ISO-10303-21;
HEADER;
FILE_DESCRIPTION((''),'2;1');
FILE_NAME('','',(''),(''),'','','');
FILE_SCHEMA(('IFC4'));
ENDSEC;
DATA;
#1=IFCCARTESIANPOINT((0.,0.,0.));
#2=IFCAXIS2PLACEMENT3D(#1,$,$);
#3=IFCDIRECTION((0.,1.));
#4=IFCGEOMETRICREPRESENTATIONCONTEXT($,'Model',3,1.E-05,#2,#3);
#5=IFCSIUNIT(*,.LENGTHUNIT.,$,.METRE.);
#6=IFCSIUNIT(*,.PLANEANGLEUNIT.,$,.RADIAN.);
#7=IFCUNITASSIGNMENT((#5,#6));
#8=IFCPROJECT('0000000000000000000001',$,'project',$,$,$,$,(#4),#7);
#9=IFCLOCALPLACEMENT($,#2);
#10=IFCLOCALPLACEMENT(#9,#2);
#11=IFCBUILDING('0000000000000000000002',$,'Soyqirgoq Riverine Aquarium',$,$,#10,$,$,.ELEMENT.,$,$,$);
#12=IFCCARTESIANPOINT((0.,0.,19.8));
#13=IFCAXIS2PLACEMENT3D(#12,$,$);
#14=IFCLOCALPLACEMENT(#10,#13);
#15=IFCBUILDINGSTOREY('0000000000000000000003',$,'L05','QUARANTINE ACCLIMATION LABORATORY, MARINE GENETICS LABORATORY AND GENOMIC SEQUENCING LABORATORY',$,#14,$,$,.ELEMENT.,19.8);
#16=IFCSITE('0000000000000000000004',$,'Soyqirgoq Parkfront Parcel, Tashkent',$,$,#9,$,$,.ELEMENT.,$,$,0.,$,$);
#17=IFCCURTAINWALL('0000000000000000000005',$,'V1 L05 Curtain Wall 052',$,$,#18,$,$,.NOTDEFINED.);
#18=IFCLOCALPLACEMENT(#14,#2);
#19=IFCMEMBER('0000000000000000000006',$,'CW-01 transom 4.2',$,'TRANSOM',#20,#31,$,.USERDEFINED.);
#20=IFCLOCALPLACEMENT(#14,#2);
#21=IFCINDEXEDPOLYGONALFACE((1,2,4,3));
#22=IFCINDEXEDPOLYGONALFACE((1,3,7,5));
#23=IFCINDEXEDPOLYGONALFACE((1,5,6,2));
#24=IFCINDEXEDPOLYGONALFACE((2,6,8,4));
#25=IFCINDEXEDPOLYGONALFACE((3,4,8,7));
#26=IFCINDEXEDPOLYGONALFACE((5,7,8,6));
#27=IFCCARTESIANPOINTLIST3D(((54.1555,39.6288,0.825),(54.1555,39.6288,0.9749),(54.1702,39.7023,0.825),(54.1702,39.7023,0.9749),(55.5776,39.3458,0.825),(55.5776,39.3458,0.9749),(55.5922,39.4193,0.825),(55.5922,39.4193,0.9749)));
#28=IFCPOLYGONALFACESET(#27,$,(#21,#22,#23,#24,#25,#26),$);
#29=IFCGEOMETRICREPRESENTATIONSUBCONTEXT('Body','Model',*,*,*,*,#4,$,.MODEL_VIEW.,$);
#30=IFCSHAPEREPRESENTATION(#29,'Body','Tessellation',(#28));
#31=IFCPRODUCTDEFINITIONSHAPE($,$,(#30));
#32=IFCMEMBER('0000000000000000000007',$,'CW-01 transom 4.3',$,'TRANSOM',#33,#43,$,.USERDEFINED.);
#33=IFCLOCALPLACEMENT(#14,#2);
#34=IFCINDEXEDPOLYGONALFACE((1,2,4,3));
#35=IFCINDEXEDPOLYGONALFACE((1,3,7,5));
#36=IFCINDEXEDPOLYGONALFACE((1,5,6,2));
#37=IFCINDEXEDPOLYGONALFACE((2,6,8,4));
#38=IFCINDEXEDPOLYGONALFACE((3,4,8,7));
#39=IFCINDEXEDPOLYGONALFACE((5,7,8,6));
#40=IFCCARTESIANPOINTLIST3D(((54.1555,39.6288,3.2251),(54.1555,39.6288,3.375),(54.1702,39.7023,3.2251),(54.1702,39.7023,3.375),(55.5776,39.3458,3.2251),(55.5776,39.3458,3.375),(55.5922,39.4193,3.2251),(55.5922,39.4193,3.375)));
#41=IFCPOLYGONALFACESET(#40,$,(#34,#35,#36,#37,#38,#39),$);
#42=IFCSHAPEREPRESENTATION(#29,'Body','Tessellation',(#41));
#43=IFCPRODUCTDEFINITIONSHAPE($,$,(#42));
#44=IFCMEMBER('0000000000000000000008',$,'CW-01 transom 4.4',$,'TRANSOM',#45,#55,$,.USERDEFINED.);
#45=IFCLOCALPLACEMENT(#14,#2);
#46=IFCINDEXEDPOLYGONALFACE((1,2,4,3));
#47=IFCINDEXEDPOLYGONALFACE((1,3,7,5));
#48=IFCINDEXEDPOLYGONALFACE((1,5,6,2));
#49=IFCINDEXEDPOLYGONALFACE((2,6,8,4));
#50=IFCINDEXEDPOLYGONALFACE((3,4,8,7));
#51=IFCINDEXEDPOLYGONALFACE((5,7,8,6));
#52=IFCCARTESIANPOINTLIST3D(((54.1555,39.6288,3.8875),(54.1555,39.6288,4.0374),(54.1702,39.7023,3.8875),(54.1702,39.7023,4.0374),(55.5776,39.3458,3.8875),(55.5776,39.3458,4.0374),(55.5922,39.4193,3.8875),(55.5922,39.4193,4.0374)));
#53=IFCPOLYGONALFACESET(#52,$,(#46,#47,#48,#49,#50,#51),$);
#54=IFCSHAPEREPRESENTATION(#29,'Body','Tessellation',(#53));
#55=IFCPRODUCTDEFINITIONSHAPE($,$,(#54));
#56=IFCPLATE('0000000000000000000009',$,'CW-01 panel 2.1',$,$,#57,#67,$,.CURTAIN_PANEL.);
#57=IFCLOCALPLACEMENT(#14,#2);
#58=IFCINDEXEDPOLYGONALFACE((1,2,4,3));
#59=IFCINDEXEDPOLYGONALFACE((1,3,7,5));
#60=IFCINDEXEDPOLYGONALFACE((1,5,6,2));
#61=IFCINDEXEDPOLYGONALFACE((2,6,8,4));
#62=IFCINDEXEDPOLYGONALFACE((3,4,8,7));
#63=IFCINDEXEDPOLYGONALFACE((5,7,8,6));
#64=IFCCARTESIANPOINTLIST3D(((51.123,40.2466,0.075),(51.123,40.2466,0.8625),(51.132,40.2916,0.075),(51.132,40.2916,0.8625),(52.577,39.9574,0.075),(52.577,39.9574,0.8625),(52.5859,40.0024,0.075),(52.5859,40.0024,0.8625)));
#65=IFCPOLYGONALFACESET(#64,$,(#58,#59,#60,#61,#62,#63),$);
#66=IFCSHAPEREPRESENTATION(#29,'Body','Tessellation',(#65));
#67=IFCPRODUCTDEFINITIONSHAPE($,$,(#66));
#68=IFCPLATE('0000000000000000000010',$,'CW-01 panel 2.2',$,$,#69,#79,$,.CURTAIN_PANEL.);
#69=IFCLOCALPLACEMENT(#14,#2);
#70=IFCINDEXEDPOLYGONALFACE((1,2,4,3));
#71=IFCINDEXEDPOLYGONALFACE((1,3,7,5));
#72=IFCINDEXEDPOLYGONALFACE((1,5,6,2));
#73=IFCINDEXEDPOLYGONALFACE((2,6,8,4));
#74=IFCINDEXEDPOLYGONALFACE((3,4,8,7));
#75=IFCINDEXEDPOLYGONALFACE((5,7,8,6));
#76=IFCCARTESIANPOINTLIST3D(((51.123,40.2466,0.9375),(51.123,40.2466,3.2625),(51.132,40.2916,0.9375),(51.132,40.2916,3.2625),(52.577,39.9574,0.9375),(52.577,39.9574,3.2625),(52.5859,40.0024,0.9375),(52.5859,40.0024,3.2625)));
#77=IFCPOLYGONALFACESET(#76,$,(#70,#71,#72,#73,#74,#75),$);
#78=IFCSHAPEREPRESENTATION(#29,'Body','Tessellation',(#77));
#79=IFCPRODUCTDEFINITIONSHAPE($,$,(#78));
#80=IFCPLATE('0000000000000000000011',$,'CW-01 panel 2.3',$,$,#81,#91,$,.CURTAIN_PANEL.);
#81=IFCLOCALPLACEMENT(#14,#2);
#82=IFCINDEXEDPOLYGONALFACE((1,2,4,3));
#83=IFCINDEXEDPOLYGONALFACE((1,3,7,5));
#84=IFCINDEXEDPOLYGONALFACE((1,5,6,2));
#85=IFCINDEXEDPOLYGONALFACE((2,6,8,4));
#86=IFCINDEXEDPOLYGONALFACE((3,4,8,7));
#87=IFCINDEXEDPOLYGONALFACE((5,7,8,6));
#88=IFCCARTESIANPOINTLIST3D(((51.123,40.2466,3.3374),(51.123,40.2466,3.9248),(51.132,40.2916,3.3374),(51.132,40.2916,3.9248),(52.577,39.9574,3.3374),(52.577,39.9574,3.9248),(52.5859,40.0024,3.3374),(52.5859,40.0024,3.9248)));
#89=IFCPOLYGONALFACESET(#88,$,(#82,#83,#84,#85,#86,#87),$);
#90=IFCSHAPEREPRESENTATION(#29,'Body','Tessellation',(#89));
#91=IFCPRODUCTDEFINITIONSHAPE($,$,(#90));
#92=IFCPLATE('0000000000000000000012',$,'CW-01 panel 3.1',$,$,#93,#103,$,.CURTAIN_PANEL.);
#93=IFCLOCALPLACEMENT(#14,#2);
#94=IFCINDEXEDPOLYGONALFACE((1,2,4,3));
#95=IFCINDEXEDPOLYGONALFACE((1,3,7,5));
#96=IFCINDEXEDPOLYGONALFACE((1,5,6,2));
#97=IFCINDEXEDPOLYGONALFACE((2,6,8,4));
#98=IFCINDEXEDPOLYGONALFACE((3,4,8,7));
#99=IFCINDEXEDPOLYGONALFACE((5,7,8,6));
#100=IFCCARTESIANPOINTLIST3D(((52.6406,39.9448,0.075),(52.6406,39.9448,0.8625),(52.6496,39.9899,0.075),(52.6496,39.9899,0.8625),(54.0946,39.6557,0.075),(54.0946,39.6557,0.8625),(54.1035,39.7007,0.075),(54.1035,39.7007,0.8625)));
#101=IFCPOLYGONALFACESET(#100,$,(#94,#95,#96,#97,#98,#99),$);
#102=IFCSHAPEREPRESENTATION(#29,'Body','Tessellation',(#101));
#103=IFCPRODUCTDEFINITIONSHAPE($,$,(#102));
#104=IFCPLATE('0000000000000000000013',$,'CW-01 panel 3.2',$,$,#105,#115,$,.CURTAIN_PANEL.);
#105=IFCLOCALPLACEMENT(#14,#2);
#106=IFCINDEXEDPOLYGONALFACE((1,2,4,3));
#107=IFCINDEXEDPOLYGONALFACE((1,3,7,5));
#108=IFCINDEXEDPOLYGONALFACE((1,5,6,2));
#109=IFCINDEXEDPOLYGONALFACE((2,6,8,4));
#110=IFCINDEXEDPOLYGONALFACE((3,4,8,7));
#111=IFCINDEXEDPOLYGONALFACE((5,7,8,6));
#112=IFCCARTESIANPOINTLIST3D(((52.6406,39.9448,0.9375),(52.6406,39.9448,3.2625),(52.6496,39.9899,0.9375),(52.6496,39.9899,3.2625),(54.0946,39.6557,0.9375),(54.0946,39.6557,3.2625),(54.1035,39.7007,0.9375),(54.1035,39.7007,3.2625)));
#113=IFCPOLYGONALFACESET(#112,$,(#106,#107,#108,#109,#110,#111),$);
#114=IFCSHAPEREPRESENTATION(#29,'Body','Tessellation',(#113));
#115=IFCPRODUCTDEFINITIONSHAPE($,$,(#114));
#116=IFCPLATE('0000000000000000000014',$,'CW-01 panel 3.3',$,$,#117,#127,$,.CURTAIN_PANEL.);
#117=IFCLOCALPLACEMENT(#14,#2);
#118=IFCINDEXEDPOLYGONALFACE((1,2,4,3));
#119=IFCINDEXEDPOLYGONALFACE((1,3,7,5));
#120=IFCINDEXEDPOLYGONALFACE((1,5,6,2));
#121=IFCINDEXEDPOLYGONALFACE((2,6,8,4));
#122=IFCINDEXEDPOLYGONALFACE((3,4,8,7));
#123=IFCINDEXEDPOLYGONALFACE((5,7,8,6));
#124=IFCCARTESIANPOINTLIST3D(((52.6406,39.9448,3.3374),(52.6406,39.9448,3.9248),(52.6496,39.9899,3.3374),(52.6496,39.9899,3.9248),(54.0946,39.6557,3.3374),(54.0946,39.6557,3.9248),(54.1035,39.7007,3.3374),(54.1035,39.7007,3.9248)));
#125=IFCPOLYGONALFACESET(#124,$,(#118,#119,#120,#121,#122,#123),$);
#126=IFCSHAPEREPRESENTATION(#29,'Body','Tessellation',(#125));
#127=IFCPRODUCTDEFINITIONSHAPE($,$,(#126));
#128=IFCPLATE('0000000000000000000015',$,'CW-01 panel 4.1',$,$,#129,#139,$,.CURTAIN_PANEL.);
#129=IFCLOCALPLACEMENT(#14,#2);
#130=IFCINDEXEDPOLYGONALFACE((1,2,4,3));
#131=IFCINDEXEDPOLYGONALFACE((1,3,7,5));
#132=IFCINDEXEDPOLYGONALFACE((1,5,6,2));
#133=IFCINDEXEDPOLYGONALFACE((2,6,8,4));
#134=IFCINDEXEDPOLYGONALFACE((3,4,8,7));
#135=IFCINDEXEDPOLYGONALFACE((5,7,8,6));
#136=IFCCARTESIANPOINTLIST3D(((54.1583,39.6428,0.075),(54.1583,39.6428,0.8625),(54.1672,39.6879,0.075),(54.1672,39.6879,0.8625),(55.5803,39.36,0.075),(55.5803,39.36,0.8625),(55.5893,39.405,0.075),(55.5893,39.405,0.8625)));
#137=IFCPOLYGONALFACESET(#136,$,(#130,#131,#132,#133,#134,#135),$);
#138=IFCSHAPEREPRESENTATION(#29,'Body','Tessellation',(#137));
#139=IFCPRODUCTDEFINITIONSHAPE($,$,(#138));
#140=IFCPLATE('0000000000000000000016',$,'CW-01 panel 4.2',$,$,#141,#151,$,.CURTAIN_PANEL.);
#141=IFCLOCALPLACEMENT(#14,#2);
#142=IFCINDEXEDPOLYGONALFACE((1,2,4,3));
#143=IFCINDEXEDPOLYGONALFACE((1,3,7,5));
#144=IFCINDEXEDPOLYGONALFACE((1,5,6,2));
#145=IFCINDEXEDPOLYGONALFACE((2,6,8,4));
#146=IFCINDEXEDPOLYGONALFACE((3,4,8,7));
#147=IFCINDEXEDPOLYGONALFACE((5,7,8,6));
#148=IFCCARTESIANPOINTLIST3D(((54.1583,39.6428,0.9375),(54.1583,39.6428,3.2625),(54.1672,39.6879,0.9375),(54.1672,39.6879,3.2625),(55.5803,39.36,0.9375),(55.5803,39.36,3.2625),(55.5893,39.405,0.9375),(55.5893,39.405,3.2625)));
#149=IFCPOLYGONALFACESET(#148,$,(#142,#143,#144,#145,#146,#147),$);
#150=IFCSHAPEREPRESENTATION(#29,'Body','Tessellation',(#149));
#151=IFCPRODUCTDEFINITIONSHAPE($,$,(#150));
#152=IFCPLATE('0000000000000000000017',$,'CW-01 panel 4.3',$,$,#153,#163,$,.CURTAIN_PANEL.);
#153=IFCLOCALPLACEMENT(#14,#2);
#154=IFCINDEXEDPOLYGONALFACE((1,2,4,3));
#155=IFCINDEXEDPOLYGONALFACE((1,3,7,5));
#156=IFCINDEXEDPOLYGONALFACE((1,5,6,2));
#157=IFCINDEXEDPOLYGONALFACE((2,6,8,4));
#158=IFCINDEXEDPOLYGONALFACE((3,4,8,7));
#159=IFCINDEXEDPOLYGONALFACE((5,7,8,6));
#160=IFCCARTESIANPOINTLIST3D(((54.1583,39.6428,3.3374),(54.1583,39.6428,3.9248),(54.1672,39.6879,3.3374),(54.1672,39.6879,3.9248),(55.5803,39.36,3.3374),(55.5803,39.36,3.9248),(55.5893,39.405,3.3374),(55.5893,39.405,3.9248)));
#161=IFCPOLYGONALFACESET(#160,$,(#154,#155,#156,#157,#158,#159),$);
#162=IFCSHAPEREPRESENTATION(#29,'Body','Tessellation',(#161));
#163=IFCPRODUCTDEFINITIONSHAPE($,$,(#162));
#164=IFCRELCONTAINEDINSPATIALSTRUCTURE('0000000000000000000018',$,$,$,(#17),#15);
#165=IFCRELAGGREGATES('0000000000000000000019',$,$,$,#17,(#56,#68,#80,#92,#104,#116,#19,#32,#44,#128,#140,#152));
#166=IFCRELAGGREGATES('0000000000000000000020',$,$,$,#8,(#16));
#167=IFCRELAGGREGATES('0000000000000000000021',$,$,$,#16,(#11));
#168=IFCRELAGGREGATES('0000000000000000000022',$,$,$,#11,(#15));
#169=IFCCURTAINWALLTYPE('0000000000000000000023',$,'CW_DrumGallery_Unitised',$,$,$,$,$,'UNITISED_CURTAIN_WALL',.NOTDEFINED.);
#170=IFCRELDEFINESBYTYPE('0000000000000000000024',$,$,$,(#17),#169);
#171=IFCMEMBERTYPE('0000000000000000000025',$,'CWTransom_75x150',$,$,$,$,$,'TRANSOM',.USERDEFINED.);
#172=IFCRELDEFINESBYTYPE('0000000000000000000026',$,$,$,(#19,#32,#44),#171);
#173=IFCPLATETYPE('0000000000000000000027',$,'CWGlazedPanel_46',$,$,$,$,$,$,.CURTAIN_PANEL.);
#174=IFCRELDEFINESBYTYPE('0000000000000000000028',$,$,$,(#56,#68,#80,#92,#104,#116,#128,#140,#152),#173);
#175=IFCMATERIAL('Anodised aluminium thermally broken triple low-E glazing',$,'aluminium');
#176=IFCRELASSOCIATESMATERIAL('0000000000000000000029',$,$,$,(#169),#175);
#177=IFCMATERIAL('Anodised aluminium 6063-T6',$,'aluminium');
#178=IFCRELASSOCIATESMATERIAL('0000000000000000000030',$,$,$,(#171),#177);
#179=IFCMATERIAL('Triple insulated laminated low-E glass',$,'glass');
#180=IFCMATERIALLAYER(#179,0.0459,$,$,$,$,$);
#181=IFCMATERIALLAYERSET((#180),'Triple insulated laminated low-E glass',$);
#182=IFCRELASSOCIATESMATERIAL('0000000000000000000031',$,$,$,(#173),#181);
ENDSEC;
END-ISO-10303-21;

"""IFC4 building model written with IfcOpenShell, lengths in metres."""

from ifc_helpers import new_model, si_unit, direction, frame, origin, origin_2d, place, context, subcontext, project, spatial, rectangle, extrude, material, layer, layer_set, material_profile, profile_set, type_object, element, aggregate, save


model = new_model("IFC4")

# Units and contexts
model_context = context("Model", 3, precision=1e-05, world=origin(), true_north=direction((0.0, 1.0)))
body_context = subcontext(model_context, "Body", "Model", "MODEL_VIEW")
ifc_project = project(units=[si_unit("LENGTHUNIT", "METRE"), si_unit("PLANEANGLEUNIT", "RADIAN")], contexts=[model_context])

# Site, building, storey
site_placement = place(None, origin())
site = spatial("IfcSite", under=ifc_project, at=site_placement, Name="Soyqirgoq Parkfront Parcel, Tashkent", CompositionType="ELEMENT", RefElevation=0.0)
building_placement = place(site_placement, origin())
building = spatial("IfcBuilding", under=site, at=building_placement, Name="Soyqirgoq Riverine Aquarium", CompositionType="ELEMENT")
storey_placement = place(building_placement, frame((0.0, 0.0, 19.8)))
storey = spatial("IfcBuildingStorey", under=building, at=storey_placement, Name="L05", Description="QUARANTINE ACCLIMATION LABORATORY, MARINE GENETICS LABORATORY AND GENOMIC SEQUENCING LABORATORY", CompositionType="ELEMENT", Elevation=19.8)

# Curtain wall, members, plates
ifc_material_1 = material(Name="Anodised aluminium thermally broken triple low-E glazing", Category="aluminium")
curtain_wall_type = type_object("IfcCurtainWallType", Name="CW_DrumGallery_Unitised", ElementType="UNITISED_CURTAIN_WALL", PredefinedType="NOTDEFINED", material=ifc_material_1)
curtain_wall_placement = place(storey_placement, origin())
curtain_wall = element("IfcCurtainWall", 1, at=curtain_wall_placement, inside=storey, type_object=curtain_wall_type, Name="V1 L05 Curtain Wall 052", PredefinedType="NOTDEFINED")
ifc_material_2 = material(Name="Anodised aluminium 6063-T6", Category="aluminium")
ifc_material_profile_1 = material_profile(ifc_material_2, rectangle(XDim=0.075, YDim=0.1499, at=origin_2d()), Name="ALU-T 75x150")
ifc_profile_set_1 = profile_set([ifc_material_profile_1], Name="Anodised aluminium 6063-T6")
member_type_1 = type_object("IfcMemberType", Name="CWTransom_75x150", ElementType="TRANSOM", PredefinedType="USERDEFINED", material=ifc_profile_set_1)
member_1_placement = place(storey_placement, frame((54.1628, 39.6655, 0.8999), z_axis=(0.980774, -0.195145, 0.0), x_axis=(0.195145, 0.980774, 0.0)))
member_1 = element("IfcMember", 2, at=member_1_placement, type_object=member_type_1, Name="CW-01 transom 4.2", ObjectType="TRANSOM", PredefinedType="USERDEFINED", context=body_context, shape_type="SweptSolid", body=[
    extrude(rectangle(XDim=0.075, YDim=0.1499, at=origin_2d()), origin(), (0.0, 0.0, 1.0), 1.45),
])
member_2_placement = place(storey_placement, frame((54.1628, 39.6655, 3.3), z_axis=(0.980774, -0.195145, 0.0), x_axis=(0.195145, 0.980774, 0.0)))
member_2 = element("IfcMember", 3, at=member_2_placement, type_object=member_type_1, Name="CW-01 transom 4.3", ObjectType="TRANSOM", PredefinedType="USERDEFINED", context=body_context, shape_type="SweptSolid", body=[
    extrude(rectangle(XDim=0.075, YDim=0.1499, at=origin_2d()), origin(), (0.0, 0.0, 1.0), 1.45),
])
member_3_placement = place(storey_placement, frame((54.1628, 39.6655, 3.9624), z_axis=(0.980774, -0.195145, 0.0), x_axis=(0.195145, 0.980774, 0.0)))
member_3 = element("IfcMember", 4, at=member_3_placement, type_object=member_type_1, Name="CW-01 transom 4.4", ObjectType="TRANSOM", PredefinedType="USERDEFINED", context=body_context, shape_type="SweptSolid", body=[
    extrude(rectangle(XDim=0.075, YDim=0.1499, at=origin_2d()), origin(), (0.0, 0.0, 1.0), 1.45),
])
ifc_material_3 = material(Name="Triple insulated laminated low-E glass", Category="glass")
ifc_layer = layer(ifc_material_3, 0.0459)
ifc_layer_set = layer_set([ifc_layer], Name="Triple insulated laminated low-E glass")
plate_type = type_object("IfcPlateType", Name="CWGlazedPanel_46", PredefinedType="CURTAIN_PANEL", material=ifc_layer_set)
plate_1_placement = place(storey_placement, frame((51.8545, 40.1245, 0.075), z_axis=(0.0, 0.0, 1.0), x_axis=(0.980788, -0.195078, 0.0)))
plate_1 = element("IfcPlate", 5, at=plate_1_placement, type_object=plate_type, Name="CW-01 panel 2.1", PredefinedType="CURTAIN_PANEL", context=body_context, shape_type="SweptSolid", body=[
    extrude(rectangle(XDim=1.4824, YDim=0.0459, at=origin_2d()), origin(), (0.0, 0.0, 1.0), 0.7876),
])
plate_2_placement = place(storey_placement, frame((51.8545, 40.1245, 0.9375), z_axis=(0.0, 0.0, 1.0), x_axis=(0.980788, -0.195078, 0.0)))
plate_2 = element("IfcPlate", 6, at=plate_2_placement, type_object=plate_type, Name="CW-01 panel 2.2", PredefinedType="CURTAIN_PANEL", context=body_context, shape_type="SweptSolid", body=[
    extrude(rectangle(XDim=1.4824, YDim=0.0459, at=origin_2d()), origin(), (0.0, 0.0, 1.0), 2.325),
])
plate_3_placement = place(storey_placement, frame((51.8545, 40.1245, 3.3374), z_axis=(0.0, 0.0, 1.0), x_axis=(0.980788, -0.195078, 0.0)))
plate_3 = element("IfcPlate", 7, at=plate_3_placement, type_object=plate_type, Name="CW-01 panel 2.3", PredefinedType="CURTAIN_PANEL", context=body_context, shape_type="SweptSolid", body=[
    extrude(rectangle(XDim=1.4824, YDim=0.0459, at=origin_2d()), origin(), (0.0, 0.0, 1.0), 0.5874),
])
plate_4_placement = place(storey_placement, frame((53.3721, 39.8228, 0.075), z_axis=(0.0, 0.0, 1.0), x_axis=(0.980788, -0.195078, 0.0)))
plate_4 = element("IfcPlate", 8, at=plate_4_placement, type_object=plate_type, Name="CW-01 panel 3.1", PredefinedType="CURTAIN_PANEL", context=body_context, shape_type="SweptSolid", body=[
    extrude(rectangle(XDim=1.4824, YDim=0.0459, at=origin_2d()), origin(), (0.0, 0.0, 1.0), 0.7876),
])
plate_5_placement = place(storey_placement, frame((53.3721, 39.8228, 0.9375), z_axis=(0.0, 0.0, 1.0), x_axis=(0.980788, -0.195078, 0.0)))
plate_5 = element("IfcPlate", 9, at=plate_5_placement, type_object=plate_type, Name="CW-01 panel 3.2", PredefinedType="CURTAIN_PANEL", context=body_context, shape_type="SweptSolid", body=[
    extrude(rectangle(XDim=1.4824, YDim=0.0459, at=origin_2d()), origin(), (0.0, 0.0, 1.0), 2.325),
])
plate_6_placement = place(storey_placement, frame((53.3721, 39.8228, 3.3374), z_axis=(0.0, 0.0, 1.0), x_axis=(0.980788, -0.195078, 0.0)))
plate_6 = element("IfcPlate", 10, at=plate_6_placement, type_object=plate_type, Name="CW-01 panel 3.3", PredefinedType="CURTAIN_PANEL", context=body_context, shape_type="SweptSolid", body=[
    extrude(rectangle(XDim=1.4824, YDim=0.0459, at=origin_2d()), origin(), (0.0, 0.0, 1.0), 0.5874),
])
plate_7_placement = place(storey_placement, frame((54.8738, 39.5239, 0.075), z_axis=(0.0, 0.0, 1.0), x_axis=(0.980788, -0.195078, 0.0)))
plate_7 = element("IfcPlate", 11, at=plate_7_placement, type_object=plate_type, Name="CW-01 panel 4.1", PredefinedType="CURTAIN_PANEL", context=body_context, shape_type="SweptSolid", body=[
    extrude(rectangle(XDim=1.45, YDim=0.0459, at=origin_2d()), origin(), (0.0, 0.0, 1.0), 0.7876),
])
plate_8_placement = place(storey_placement, frame((54.8738, 39.5239, 0.9375), z_axis=(0.0, 0.0, 1.0), x_axis=(0.980788, -0.195078, 0.0)))
plate_8 = element("IfcPlate", 12, at=plate_8_placement, type_object=plate_type, Name="CW-01 panel 4.2", PredefinedType="CURTAIN_PANEL", context=body_context, shape_type="SweptSolid", body=[
    extrude(rectangle(XDim=1.45, YDim=0.0459, at=origin_2d()), origin(), (0.0, 0.0, 1.0), 2.325),
])
plate_9_placement = place(storey_placement, frame((54.8738, 39.5239, 3.3374), z_axis=(0.0, 0.0, 1.0), x_axis=(0.980788, -0.195078, 0.0)))
plate_9 = element("IfcPlate", 13, at=plate_9_placement, type_object=plate_type, Name="CW-01 panel 4.3", PredefinedType="CURTAIN_PANEL", context=body_context, shape_type="SweptSolid", body=[
    extrude(rectangle(XDim=1.45, YDim=0.0459, at=origin_2d()), origin(), (0.0, 0.0, 1.0), 0.5874),
])
aggregate(curtain_wall, [plate_1, plate_2, plate_3, plate_4, plate_5, plate_6, member_1, member_2, member_3, plate_7, plate_8, plate_9])

save(model, "model.ifc")
